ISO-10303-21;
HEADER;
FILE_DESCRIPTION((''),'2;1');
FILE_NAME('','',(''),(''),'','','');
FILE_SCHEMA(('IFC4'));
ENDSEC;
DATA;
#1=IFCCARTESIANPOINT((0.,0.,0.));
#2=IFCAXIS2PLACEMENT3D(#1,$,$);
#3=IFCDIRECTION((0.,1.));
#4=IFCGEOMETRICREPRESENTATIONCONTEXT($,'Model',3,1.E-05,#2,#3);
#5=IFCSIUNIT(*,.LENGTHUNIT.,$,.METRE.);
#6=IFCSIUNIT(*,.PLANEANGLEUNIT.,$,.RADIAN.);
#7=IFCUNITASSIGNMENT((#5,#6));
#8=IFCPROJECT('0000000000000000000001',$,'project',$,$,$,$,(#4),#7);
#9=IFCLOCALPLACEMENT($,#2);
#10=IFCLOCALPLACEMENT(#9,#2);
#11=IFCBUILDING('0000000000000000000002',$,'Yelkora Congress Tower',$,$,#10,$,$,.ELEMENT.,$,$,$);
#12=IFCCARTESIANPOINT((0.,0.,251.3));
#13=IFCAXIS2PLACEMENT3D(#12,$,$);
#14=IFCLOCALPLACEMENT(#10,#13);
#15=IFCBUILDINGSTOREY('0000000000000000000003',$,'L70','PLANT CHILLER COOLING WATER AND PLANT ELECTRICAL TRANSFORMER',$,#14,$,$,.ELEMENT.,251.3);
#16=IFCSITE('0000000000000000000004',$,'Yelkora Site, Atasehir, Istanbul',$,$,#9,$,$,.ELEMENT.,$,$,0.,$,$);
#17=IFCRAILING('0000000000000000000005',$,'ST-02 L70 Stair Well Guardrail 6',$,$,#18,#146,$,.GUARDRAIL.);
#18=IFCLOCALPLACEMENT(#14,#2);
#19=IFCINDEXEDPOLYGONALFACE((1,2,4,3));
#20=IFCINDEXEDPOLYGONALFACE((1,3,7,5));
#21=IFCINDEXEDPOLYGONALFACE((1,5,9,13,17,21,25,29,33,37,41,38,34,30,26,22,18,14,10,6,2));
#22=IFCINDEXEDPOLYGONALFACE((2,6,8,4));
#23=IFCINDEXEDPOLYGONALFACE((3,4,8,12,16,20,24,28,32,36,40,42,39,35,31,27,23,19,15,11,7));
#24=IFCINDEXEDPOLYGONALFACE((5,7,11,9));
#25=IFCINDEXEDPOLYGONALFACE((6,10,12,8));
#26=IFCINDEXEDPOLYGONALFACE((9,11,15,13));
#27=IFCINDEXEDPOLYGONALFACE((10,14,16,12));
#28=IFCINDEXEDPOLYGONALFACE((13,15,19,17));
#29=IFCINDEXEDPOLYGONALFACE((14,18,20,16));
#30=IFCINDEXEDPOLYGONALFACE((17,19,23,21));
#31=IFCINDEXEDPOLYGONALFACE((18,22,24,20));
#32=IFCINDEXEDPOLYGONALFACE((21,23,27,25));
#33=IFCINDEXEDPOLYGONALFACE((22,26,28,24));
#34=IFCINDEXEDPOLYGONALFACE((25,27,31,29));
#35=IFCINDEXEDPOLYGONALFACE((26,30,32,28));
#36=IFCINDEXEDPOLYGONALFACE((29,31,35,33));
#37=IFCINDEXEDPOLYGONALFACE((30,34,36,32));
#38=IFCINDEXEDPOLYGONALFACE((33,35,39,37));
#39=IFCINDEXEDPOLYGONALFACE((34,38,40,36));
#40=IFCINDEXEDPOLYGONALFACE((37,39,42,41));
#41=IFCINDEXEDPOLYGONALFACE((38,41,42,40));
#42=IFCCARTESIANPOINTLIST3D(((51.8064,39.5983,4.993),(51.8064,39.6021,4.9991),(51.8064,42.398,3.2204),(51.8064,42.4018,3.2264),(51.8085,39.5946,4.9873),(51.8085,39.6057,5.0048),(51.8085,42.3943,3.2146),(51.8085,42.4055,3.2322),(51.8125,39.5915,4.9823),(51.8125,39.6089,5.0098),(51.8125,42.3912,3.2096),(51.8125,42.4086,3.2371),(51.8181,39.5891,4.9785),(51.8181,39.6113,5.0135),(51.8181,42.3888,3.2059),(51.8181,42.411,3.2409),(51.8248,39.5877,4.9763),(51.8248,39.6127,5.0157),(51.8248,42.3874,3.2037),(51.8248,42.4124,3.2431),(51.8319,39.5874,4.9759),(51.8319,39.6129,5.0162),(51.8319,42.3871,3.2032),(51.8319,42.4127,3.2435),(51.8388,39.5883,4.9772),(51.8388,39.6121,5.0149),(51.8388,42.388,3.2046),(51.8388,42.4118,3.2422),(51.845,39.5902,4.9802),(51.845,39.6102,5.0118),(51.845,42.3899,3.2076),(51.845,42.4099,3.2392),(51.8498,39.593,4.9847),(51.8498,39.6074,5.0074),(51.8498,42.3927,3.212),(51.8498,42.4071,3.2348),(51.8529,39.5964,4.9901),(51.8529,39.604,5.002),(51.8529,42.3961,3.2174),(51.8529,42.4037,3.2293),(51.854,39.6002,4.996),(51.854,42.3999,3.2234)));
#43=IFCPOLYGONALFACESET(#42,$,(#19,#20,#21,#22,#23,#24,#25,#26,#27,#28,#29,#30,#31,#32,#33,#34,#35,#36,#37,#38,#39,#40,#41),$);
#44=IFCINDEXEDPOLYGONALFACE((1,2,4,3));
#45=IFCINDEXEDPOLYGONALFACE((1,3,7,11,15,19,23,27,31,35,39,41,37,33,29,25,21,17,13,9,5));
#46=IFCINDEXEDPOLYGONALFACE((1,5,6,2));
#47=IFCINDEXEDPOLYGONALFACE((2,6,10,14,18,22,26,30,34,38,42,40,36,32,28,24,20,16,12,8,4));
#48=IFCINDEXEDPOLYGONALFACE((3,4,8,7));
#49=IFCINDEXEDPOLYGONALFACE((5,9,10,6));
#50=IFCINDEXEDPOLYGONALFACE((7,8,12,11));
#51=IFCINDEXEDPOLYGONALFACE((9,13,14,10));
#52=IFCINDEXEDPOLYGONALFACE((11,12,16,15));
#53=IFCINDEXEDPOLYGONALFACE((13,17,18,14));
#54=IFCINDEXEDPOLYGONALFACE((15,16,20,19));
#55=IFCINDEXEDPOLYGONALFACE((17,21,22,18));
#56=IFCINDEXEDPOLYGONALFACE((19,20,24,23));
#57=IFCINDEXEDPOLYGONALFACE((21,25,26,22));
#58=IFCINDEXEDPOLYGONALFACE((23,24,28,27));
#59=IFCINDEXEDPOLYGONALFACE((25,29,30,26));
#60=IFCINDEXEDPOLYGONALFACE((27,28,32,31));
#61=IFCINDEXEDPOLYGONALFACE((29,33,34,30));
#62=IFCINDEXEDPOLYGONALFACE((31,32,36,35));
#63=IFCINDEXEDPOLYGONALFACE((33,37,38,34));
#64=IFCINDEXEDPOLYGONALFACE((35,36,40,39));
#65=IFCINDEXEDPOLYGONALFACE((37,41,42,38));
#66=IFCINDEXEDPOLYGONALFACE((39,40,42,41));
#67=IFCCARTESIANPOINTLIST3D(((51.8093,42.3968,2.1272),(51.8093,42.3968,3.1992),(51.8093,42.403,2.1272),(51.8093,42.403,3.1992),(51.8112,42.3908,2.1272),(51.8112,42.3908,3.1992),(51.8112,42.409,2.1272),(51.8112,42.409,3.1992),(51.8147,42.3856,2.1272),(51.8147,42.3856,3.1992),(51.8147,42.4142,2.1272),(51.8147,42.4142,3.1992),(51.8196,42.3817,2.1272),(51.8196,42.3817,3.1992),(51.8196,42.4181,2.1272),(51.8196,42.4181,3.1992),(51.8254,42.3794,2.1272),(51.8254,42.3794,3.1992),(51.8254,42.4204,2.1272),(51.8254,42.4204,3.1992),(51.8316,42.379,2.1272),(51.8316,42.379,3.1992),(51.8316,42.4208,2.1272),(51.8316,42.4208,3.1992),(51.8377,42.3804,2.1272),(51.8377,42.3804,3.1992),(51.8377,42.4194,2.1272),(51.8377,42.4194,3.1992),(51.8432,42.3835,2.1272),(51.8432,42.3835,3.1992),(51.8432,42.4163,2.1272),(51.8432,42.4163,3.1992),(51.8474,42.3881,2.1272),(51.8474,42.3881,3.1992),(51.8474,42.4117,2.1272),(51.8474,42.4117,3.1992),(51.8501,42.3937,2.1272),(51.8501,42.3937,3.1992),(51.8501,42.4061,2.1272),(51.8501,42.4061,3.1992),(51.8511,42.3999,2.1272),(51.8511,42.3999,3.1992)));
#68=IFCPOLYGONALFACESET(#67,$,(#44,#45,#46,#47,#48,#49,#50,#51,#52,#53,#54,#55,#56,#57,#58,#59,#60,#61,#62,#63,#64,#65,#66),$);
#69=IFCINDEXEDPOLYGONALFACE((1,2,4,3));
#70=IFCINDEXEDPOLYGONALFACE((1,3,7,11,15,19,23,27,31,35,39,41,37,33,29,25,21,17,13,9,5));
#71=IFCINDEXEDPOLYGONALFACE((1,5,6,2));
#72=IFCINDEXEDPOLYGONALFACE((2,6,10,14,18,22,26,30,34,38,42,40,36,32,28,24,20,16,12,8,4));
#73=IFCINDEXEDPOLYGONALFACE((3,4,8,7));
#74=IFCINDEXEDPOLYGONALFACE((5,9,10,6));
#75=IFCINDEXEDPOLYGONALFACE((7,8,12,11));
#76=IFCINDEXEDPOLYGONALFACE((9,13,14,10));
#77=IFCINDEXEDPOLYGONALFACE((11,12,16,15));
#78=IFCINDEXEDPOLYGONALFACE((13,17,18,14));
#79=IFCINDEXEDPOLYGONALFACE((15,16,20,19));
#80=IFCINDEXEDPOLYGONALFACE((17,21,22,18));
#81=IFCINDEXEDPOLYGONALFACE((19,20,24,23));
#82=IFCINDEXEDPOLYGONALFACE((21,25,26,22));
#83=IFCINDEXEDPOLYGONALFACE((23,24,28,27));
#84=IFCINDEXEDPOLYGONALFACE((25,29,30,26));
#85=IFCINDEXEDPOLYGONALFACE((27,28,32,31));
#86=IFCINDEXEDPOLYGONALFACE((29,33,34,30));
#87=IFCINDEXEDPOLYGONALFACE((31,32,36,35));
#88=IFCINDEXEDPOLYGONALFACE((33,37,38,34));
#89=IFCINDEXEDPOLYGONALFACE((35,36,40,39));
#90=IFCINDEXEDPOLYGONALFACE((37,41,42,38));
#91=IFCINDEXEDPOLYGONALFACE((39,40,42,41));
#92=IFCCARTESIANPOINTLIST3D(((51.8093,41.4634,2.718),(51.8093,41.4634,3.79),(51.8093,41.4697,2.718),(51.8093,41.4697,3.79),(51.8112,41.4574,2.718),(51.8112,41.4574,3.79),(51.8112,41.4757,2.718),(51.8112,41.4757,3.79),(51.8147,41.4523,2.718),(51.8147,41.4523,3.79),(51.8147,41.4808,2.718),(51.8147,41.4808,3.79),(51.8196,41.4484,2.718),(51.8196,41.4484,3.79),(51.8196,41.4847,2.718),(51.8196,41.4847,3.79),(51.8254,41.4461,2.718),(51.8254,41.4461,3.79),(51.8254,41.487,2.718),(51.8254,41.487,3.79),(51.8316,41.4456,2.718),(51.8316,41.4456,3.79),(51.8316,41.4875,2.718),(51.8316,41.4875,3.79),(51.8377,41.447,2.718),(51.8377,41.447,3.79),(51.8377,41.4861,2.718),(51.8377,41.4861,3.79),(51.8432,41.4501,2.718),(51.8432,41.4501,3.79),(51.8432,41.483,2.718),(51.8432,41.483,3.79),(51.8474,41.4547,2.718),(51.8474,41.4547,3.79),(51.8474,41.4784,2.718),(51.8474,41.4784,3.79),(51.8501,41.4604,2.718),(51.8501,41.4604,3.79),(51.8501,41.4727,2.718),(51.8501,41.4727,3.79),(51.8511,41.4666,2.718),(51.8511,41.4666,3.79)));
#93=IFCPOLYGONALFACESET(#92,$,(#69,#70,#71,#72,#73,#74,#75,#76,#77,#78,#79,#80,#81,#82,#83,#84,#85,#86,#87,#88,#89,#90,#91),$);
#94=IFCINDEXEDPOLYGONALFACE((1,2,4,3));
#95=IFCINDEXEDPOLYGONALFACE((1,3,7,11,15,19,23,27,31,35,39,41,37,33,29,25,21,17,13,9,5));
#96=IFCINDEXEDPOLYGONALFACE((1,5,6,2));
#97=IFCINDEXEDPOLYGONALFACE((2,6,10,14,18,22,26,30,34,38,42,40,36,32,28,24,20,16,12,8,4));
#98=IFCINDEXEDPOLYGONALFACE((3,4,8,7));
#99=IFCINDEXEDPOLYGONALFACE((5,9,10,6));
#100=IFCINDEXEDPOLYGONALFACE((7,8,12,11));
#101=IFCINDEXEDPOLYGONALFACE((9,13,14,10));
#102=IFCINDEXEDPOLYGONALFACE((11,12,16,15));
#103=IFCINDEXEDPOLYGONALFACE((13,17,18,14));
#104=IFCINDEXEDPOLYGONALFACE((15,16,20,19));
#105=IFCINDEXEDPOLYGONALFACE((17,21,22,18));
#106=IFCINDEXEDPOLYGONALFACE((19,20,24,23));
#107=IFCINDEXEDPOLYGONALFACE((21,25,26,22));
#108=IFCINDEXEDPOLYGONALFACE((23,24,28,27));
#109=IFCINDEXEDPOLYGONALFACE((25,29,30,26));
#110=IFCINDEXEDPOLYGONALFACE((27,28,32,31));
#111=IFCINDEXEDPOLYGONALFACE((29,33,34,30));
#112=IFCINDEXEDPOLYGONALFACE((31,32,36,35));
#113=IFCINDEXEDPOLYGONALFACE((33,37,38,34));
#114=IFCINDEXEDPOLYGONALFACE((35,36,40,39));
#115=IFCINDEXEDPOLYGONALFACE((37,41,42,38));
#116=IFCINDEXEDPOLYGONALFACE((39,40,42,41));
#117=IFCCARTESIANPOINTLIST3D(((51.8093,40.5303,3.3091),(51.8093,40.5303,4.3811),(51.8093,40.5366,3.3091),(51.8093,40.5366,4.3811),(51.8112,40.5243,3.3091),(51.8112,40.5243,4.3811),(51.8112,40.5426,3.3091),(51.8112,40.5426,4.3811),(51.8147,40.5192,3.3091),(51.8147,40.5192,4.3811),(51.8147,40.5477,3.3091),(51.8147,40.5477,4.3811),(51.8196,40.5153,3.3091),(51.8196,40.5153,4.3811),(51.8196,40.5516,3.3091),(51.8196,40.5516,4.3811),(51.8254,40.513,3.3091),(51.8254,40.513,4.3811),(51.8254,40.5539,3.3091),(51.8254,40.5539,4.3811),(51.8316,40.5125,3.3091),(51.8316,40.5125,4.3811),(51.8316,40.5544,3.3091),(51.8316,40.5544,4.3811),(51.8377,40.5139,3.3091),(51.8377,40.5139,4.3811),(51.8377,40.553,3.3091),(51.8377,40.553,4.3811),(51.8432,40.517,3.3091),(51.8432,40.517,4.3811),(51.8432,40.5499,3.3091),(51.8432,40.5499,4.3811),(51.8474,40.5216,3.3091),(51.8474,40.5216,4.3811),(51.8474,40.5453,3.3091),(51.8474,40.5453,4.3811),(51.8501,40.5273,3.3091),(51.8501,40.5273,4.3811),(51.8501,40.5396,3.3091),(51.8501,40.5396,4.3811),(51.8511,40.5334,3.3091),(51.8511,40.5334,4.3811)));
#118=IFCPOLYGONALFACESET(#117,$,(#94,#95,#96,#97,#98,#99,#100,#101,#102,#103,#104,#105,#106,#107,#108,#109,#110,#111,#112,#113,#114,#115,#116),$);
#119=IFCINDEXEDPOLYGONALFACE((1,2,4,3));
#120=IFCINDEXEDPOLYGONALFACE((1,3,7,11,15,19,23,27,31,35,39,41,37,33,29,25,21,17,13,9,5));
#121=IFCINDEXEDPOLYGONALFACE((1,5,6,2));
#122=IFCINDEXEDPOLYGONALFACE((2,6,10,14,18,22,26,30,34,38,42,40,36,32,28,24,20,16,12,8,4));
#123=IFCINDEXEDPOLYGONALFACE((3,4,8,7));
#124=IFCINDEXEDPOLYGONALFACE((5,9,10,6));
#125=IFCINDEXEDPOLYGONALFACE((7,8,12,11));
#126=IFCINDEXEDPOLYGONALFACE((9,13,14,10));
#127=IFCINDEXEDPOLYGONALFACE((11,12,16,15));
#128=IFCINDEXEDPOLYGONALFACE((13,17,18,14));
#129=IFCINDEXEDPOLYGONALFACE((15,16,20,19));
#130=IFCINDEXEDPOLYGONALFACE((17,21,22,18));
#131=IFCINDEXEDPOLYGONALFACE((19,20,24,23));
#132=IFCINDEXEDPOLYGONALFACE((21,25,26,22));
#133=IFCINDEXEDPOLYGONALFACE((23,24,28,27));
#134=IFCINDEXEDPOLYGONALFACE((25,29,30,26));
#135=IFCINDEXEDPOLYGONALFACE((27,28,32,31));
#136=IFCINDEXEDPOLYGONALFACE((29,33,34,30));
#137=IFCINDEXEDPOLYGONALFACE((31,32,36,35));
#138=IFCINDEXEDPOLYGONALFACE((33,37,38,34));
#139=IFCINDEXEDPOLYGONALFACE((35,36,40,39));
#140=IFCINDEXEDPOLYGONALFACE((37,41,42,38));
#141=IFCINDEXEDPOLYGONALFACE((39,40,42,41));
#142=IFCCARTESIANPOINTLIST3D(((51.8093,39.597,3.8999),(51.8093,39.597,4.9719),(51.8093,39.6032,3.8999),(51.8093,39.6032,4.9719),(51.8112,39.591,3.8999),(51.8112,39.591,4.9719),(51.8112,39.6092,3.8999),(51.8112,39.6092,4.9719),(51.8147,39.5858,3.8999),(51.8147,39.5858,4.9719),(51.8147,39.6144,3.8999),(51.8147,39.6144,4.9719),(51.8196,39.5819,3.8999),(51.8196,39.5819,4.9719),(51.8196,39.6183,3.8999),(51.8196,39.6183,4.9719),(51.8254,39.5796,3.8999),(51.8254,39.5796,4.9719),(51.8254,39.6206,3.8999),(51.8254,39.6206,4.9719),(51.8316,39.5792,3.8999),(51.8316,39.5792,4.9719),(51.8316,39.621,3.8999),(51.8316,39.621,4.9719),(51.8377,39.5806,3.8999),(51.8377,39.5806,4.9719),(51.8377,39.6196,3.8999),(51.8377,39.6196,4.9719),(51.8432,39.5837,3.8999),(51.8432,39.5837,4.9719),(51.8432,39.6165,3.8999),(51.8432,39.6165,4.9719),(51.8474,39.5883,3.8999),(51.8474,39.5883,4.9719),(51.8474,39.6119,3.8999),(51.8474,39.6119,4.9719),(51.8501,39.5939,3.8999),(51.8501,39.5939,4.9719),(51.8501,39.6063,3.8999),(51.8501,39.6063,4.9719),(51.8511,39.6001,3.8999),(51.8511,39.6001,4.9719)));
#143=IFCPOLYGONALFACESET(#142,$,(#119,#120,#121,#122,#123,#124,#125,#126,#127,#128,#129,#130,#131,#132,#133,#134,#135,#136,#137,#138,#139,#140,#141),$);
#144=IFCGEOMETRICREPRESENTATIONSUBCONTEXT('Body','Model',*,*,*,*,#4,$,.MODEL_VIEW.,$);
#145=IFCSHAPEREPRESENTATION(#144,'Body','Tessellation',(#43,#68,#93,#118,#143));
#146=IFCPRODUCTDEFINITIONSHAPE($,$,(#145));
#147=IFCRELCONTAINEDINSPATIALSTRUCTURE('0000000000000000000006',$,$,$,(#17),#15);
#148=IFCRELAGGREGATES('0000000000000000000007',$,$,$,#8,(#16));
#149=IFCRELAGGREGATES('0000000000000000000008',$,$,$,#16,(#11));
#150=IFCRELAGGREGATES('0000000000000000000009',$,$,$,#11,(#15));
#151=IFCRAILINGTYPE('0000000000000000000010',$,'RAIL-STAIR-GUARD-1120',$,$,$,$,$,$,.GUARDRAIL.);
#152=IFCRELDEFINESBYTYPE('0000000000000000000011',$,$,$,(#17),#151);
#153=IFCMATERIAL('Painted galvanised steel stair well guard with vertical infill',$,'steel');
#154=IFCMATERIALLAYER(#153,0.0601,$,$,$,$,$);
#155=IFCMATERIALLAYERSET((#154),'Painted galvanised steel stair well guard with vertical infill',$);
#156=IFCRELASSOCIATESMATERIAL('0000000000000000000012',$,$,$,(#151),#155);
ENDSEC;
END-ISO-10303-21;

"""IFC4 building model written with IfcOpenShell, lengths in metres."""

from ifc_helpers import new_model, si_unit, direction, frame, origin, origin_2d, place, context, subcontext, project, spatial, circle, extrude, material, layer, layer_set, type_object, element, save


model = new_model("IFC4")

# Units and contexts
model_context = context("Model", 3, precision=1e-05, world=origin(), true_north=direction((0.0, 1.0)))
body_context = subcontext(model_context, "Body", "Model", "MODEL_VIEW")
ifc_project = project(units=[si_unit("LENGTHUNIT", "METRE"), si_unit("PLANEANGLEUNIT", "RADIAN")], contexts=[model_context])

# Site, building, storey
site_placement = place(None, origin())
site = spatial("IfcSite", under=ifc_project, at=site_placement, Name="Yelkora Site, Atasehir, Istanbul", CompositionType="ELEMENT", RefElevation=0.0)
building_placement = place(site_placement, origin())
building = spatial("IfcBuilding", under=site, at=building_placement, Name="Yelkora Congress Tower", CompositionType="ELEMENT")
storey_placement = place(building_placement, frame((0.0, 0.0, 251.3)))
storey = spatial("IfcBuildingStorey", under=building, at=storey_placement, Name="L70", Description="PLANT CHILLER COOLING WATER AND PLANT ELECTRICAL TRANSFORMER", CompositionType="ELEMENT", Elevation=251.3)

# Railing
ifc_material_1 = material(Name="Painted galvanised steel stair well guard with vertical infill", Category="steel")
ifc_layer_1 = layer(ifc_material_1, 0.0601)
ifc_layer_set_1 = layer_set([ifc_layer_1], Name="Painted galvanised steel stair well guard with vertical infill")
railing_type_1 = type_object("IfcRailingType", Name="RAIL-STAIR-GUARD-1120", PredefinedType="GUARDRAIL", material=ifc_layer_set_1)
railing_1_placement = place(storey_placement, frame((51.8301, 42.3999, 2.1272)))
element("IfcRailing", 1, at=railing_1_placement, inside=storey, type_object=railing_type_1, Name="ST-02 L70 Stair Well Guardrail 6", PredefinedType="GUARDRAIL", context=body_context, shape_type="SweptSolid", body=[
    extrude(circle(Radius=0.0239, at=origin_2d()), frame((0.0, 0.0, 1.0962), z_axis=(0.0, -0.844888, 0.534943), x_axis=(1.0, 0.0, 0.0)), (0.0, 0.0, 1.0), 3.3137),
    extrude(circle(Radius=0.021, at=origin_2d()), origin(), (0.0, 0.0, 1.0), 1.072),
    extrude(circle(Radius=0.021, at=origin_2d()), frame((0.0, -0.9333, 0.5908)), (0.0, 0.0, 1.0), 1.072),
    extrude(circle(Radius=0.021, at=origin_2d()), frame((0.0, -1.8665, 1.1819)), (0.0, 0.0, 1.0), 1.072),
    extrude(circle(Radius=0.021, at=origin_2d()), frame((0.0, -2.7998, 1.7727)), (0.0, 0.0, 1.0), 1.072),
])

save(model, "model.ifc")
